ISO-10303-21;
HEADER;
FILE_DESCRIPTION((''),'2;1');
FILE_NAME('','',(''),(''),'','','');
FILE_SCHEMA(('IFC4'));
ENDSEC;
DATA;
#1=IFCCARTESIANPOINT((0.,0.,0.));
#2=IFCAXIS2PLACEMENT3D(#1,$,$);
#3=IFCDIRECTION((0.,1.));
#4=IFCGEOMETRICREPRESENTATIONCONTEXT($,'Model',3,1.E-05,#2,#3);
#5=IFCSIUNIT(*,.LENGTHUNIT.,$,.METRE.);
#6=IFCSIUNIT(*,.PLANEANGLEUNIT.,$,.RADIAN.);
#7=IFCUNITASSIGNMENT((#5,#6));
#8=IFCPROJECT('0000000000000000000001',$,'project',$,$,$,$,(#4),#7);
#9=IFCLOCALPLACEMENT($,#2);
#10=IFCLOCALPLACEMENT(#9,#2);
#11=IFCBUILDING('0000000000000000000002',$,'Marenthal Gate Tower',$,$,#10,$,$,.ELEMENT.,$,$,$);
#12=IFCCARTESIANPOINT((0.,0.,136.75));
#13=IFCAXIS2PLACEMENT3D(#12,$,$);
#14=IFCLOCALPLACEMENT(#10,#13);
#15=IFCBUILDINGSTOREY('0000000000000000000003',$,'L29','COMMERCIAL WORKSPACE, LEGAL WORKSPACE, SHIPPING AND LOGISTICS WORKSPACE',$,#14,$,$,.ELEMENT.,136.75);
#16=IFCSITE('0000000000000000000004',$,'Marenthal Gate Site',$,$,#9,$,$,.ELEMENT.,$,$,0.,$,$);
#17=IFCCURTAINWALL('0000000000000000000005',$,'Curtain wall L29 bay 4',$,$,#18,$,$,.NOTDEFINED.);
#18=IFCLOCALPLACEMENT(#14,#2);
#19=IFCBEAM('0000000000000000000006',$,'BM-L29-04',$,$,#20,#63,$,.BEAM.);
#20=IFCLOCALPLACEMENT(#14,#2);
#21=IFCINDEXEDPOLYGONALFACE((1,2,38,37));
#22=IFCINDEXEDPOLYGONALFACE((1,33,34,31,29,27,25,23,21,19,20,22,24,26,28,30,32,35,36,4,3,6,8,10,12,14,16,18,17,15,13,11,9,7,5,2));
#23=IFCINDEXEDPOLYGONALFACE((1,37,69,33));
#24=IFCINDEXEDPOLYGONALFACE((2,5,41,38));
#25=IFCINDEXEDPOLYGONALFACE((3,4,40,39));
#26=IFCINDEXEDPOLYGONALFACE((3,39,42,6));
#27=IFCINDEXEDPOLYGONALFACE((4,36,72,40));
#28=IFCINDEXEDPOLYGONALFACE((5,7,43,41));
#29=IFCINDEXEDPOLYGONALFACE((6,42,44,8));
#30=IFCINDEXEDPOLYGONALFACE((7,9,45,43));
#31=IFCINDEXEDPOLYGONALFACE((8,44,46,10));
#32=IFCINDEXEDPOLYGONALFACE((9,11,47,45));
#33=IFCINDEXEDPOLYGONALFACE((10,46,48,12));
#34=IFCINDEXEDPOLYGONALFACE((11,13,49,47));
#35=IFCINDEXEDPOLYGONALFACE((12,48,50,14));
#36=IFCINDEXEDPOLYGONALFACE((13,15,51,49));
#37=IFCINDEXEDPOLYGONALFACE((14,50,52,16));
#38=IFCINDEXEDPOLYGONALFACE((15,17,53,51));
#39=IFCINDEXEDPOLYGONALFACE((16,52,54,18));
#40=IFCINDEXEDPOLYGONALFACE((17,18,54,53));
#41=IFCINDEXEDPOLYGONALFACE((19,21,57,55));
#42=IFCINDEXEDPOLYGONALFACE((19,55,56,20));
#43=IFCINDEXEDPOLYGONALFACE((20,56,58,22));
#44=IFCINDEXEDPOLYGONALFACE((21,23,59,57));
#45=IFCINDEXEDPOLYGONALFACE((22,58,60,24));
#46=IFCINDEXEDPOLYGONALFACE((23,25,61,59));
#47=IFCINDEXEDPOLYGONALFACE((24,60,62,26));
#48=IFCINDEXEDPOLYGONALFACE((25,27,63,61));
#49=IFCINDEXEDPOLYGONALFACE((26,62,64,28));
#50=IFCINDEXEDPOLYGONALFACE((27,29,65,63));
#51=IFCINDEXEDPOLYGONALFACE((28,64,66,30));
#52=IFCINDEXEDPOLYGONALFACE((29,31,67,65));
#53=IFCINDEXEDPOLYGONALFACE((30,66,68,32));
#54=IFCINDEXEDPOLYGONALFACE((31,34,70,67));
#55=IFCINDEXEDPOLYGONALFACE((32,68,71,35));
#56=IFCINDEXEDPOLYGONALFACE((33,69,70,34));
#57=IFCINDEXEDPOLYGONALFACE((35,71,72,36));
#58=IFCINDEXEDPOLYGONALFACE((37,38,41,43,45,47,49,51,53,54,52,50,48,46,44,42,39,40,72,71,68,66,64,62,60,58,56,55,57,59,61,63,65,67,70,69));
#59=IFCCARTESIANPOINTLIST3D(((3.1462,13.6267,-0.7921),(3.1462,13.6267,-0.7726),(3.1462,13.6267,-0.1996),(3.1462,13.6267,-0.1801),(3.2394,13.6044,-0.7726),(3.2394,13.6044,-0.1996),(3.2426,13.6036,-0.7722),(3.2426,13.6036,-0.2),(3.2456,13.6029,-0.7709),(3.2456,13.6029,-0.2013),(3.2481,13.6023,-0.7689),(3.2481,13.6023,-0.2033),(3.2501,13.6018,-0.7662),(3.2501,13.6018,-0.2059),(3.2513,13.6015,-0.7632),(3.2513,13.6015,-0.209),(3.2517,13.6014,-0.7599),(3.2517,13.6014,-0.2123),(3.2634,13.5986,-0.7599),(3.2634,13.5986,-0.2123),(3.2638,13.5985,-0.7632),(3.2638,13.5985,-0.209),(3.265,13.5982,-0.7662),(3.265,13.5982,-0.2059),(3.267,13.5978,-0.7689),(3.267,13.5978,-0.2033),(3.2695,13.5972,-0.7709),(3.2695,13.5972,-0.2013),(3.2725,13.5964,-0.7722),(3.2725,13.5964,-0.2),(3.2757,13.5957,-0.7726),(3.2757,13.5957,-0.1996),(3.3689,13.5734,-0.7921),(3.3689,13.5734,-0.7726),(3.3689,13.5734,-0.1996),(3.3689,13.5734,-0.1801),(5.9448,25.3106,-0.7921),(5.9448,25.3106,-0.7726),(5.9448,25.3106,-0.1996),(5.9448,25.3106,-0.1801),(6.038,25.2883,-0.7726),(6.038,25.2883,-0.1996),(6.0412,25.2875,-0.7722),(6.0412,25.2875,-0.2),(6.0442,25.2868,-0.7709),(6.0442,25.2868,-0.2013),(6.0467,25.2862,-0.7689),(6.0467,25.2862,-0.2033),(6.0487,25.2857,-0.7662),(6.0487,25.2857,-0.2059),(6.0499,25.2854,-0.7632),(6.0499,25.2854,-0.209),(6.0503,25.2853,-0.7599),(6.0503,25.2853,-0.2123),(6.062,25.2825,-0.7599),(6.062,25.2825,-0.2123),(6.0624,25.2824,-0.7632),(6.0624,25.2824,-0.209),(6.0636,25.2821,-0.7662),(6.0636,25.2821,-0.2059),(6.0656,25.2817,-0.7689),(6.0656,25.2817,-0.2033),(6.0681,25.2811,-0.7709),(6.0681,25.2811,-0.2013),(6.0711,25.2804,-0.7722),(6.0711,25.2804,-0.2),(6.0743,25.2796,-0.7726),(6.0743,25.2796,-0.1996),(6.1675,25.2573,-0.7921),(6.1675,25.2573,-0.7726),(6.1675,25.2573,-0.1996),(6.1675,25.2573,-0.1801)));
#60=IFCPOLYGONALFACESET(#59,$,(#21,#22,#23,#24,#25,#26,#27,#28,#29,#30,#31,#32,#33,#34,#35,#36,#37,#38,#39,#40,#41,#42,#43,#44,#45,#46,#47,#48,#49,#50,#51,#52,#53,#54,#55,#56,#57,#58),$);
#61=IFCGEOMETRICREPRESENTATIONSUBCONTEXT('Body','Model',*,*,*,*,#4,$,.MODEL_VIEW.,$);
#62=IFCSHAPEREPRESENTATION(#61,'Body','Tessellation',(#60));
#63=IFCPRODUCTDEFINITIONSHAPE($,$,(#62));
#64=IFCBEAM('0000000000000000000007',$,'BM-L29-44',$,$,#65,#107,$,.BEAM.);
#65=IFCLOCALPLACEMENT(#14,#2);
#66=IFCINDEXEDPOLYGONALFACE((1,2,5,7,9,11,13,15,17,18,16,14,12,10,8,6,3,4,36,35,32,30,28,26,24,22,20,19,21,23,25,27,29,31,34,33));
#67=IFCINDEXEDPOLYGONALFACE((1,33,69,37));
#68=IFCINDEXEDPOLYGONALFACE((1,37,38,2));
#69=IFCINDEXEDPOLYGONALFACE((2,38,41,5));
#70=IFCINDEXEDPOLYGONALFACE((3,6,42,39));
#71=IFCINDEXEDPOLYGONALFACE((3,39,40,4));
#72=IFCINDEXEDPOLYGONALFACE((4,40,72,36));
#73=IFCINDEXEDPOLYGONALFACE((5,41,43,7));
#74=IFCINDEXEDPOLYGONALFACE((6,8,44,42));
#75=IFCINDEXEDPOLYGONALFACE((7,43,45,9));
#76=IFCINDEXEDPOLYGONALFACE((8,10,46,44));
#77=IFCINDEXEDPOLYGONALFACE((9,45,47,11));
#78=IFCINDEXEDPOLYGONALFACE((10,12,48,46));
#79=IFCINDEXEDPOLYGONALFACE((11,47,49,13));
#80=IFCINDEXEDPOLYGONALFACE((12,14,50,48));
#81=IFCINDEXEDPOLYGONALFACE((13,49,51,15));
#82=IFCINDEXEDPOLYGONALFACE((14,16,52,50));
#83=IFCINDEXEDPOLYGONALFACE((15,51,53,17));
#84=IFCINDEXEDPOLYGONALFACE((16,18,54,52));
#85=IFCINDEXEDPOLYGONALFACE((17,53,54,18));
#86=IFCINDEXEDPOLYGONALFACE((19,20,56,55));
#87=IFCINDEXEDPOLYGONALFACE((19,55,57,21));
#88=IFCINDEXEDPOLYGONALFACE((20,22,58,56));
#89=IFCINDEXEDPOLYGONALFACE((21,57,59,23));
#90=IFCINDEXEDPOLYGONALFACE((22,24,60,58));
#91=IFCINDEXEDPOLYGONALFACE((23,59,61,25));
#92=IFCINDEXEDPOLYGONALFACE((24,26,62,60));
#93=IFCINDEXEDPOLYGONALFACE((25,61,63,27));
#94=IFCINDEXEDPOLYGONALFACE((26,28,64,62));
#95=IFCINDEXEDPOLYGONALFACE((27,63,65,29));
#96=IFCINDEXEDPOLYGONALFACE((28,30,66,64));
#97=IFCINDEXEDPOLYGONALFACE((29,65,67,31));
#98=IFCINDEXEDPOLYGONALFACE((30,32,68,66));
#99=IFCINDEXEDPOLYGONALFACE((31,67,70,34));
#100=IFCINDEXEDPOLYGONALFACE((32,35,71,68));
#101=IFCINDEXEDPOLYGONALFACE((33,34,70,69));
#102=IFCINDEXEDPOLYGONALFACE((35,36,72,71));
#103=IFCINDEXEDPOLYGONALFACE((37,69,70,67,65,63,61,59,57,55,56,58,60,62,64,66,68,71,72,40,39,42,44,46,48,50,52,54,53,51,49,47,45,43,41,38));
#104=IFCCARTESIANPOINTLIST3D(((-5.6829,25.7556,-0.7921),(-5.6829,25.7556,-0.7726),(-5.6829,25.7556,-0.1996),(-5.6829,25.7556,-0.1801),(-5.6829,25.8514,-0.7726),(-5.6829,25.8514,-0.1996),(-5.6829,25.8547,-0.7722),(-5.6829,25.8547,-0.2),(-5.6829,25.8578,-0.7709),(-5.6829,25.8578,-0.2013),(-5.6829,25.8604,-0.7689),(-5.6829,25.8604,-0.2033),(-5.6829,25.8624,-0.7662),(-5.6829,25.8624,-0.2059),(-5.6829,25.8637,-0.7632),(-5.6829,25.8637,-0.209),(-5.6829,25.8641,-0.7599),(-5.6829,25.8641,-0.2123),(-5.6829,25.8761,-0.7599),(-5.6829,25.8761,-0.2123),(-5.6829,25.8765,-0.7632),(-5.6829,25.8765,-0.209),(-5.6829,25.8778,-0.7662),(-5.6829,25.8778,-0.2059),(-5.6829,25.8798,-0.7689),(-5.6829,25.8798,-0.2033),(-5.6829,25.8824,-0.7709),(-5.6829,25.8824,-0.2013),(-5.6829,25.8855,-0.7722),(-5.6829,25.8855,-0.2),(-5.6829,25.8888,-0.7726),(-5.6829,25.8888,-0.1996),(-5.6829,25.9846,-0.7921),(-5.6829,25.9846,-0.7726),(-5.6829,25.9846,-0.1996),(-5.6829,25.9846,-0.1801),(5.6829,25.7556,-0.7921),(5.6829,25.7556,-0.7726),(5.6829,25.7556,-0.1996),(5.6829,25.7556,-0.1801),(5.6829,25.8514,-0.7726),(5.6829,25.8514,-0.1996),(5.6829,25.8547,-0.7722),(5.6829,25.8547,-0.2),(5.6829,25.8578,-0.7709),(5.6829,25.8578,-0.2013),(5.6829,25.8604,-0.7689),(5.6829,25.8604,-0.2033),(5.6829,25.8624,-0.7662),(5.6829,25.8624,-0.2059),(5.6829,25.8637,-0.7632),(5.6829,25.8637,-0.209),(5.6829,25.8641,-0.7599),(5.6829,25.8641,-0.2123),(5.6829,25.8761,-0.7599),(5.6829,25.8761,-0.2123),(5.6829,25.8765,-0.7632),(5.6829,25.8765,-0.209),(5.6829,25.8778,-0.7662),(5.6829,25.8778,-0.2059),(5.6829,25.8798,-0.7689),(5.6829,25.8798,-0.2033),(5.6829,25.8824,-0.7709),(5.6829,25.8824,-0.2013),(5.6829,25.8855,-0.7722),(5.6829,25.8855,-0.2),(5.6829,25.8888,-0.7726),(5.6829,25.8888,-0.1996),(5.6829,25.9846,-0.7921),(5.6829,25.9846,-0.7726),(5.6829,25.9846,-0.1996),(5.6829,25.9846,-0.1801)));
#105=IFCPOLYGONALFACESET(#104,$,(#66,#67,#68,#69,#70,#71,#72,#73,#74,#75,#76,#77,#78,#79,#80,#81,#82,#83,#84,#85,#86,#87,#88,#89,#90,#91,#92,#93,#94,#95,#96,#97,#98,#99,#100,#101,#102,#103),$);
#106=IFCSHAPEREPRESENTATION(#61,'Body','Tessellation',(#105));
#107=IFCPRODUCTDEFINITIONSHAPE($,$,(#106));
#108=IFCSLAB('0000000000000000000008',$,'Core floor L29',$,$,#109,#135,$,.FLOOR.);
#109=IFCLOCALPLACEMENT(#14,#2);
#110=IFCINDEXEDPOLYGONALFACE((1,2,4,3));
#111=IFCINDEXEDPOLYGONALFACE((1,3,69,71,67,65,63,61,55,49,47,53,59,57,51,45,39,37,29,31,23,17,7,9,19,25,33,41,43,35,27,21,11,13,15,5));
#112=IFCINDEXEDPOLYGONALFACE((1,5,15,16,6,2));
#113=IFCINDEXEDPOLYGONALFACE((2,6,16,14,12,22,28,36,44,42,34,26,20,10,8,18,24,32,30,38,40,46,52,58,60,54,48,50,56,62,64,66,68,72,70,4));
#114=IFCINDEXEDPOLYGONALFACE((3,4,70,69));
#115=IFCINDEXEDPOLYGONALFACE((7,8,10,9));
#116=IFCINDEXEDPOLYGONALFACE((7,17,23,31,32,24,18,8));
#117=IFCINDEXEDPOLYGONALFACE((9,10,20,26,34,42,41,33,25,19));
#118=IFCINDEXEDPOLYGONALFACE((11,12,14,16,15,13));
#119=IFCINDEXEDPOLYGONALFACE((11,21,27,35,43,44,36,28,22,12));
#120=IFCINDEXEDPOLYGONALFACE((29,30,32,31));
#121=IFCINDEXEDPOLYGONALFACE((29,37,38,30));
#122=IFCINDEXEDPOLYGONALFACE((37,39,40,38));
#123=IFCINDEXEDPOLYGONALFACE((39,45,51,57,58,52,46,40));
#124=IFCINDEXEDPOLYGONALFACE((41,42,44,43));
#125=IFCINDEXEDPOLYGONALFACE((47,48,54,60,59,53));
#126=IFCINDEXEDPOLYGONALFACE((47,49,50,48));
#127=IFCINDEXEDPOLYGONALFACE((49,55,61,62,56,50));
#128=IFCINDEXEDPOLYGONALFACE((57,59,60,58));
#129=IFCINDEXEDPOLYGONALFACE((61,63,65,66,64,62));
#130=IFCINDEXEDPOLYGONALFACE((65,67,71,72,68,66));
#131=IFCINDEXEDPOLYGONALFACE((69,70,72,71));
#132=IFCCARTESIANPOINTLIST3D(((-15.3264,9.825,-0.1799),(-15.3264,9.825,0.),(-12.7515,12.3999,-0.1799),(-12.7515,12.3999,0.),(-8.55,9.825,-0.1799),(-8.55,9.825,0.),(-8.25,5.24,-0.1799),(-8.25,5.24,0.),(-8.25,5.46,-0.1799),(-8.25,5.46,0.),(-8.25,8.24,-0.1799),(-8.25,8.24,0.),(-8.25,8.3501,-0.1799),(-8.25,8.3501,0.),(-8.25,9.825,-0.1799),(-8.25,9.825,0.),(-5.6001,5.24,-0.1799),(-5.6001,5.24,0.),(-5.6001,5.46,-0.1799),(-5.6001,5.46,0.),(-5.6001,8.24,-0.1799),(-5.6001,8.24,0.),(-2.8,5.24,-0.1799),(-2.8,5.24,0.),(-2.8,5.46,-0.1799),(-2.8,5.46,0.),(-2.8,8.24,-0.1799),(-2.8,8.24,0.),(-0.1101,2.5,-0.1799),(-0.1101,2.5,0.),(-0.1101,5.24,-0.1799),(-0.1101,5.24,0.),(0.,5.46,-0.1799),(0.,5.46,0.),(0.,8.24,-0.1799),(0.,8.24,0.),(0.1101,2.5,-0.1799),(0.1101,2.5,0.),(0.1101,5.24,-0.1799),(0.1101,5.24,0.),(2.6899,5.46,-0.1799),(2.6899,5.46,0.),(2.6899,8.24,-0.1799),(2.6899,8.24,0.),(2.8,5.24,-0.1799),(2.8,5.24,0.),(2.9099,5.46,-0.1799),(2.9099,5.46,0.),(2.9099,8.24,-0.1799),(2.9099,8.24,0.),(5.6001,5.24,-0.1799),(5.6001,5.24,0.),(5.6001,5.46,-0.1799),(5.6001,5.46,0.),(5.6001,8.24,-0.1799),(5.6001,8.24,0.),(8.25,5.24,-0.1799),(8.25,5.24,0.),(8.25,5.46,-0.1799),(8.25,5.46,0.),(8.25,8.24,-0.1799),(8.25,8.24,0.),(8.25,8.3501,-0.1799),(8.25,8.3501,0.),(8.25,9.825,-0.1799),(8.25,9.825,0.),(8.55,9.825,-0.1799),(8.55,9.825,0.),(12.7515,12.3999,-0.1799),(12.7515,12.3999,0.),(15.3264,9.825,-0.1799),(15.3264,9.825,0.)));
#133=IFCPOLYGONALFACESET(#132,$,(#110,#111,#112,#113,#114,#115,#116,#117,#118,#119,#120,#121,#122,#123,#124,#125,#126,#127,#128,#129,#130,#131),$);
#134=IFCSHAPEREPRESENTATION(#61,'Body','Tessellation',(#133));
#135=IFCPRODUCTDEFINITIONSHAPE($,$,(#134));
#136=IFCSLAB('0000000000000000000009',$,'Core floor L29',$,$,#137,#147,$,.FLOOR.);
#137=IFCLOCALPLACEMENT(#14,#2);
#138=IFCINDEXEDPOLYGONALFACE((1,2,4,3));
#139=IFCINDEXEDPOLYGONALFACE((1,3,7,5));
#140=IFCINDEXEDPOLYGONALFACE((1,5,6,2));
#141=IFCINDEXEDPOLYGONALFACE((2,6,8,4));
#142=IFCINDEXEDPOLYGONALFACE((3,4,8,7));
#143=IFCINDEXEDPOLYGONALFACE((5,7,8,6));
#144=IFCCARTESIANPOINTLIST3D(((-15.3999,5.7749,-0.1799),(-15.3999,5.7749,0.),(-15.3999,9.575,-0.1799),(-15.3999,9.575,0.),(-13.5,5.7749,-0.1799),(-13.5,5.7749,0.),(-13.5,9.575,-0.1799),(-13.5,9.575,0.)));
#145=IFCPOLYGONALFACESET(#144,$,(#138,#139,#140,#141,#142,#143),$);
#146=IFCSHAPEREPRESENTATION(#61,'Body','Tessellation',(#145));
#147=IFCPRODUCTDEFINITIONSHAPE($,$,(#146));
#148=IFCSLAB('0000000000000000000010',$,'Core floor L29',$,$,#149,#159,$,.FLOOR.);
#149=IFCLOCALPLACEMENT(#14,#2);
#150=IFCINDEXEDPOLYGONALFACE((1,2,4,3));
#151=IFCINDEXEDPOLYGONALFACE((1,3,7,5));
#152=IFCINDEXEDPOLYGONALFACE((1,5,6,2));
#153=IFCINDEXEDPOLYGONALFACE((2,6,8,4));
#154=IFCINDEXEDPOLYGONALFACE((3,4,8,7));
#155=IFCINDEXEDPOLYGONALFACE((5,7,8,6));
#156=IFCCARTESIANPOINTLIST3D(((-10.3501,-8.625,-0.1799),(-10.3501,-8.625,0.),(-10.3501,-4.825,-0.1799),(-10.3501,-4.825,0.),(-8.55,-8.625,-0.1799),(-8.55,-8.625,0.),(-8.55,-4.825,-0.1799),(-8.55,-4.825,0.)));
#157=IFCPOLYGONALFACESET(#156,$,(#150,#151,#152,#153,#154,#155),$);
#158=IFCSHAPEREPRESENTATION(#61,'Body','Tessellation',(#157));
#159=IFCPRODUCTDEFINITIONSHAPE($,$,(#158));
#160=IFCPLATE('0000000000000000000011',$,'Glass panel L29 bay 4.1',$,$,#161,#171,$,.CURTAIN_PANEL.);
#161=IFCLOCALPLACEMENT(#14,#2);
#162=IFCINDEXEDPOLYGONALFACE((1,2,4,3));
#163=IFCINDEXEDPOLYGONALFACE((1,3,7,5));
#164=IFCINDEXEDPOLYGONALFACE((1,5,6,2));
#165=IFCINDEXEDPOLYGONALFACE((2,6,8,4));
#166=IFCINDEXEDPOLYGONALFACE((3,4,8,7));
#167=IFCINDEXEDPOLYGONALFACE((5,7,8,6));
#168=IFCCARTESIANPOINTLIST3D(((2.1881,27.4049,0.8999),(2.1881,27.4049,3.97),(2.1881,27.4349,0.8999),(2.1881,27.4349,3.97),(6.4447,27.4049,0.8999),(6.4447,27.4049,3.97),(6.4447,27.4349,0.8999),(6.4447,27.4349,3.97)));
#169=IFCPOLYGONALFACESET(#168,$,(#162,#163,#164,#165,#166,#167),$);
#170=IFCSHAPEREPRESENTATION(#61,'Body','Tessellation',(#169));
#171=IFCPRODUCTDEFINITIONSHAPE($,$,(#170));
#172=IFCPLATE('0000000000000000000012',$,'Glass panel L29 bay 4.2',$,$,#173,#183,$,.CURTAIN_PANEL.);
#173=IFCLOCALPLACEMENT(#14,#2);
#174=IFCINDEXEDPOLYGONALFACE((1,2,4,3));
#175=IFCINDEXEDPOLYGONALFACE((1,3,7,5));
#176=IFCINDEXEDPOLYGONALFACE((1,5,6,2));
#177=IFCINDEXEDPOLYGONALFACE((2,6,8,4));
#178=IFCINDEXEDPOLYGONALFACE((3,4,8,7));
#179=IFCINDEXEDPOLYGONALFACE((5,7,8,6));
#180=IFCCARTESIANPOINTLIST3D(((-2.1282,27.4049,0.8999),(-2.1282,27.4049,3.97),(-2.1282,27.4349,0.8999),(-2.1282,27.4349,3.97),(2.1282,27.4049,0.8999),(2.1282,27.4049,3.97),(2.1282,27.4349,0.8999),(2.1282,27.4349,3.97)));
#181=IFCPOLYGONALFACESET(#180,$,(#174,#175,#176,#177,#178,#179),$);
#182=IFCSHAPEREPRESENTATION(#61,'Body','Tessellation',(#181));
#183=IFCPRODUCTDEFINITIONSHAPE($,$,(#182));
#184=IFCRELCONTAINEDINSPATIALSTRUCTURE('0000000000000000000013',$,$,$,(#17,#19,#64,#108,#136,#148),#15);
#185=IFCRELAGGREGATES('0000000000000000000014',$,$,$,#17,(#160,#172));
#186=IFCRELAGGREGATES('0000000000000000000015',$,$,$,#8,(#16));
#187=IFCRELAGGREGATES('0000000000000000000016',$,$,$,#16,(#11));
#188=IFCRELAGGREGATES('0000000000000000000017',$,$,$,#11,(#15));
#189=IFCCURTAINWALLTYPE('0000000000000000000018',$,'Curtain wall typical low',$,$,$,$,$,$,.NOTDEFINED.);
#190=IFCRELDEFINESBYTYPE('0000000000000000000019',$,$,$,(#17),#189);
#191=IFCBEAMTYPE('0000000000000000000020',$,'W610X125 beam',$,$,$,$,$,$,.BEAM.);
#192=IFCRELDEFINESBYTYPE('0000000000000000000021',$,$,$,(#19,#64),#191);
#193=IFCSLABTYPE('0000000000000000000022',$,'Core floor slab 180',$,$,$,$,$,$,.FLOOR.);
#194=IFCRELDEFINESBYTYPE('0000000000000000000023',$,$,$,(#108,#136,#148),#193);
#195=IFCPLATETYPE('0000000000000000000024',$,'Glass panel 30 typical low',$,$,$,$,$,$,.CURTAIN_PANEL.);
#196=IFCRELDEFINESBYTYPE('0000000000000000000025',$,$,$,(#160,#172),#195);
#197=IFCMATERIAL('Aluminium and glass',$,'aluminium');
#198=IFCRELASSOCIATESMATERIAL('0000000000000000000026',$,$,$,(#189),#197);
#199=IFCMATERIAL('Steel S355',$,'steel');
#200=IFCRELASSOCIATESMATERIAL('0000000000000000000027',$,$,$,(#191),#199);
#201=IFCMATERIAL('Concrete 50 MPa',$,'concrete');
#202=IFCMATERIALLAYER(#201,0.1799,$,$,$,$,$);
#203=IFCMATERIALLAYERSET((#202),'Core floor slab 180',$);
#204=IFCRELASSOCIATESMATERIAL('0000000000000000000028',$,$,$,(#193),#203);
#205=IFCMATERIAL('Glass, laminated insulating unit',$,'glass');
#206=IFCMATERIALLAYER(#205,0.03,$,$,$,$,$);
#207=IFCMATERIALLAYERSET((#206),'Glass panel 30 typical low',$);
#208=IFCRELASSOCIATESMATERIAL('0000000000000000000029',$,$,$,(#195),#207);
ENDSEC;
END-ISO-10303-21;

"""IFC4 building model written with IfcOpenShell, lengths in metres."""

from ifc_helpers import new_model, si_unit, direction, frame, origin, origin_2d, place, context, subcontext, project, spatial, polyline, rectangle, i_section, outline, extrude, material, layer, layer_set, material_profile, profile_set, type_object, element, aggregate, save


model = new_model("IFC4")

# Units and contexts
model_context = context("Model", 3, precision=1e-05, world=origin(), true_north=direction((0.0, 1.0)))
body_context = subcontext(model_context, "Body", "Model", "MODEL_VIEW")
ifc_project = project(units=[si_unit("LENGTHUNIT", "METRE"), si_unit("PLANEANGLEUNIT", "RADIAN")], contexts=[model_context])

# Site, building, storey
site_placement = place(None, origin())
site = spatial("IfcSite", under=ifc_project, at=site_placement, Name="Marenthal Gate Site", CompositionType="ELEMENT", RefElevation=0.0)
building_placement = place(site_placement, origin())
building = spatial("IfcBuilding", under=site, at=building_placement, Name="Marenthal Gate Tower", CompositionType="ELEMENT")
storey_placement = place(building_placement, frame((0.0, 0.0, 136.75)))
storey = spatial("IfcBuildingStorey", under=building, at=storey_placement, Name="L29", Description="COMMERCIAL WORKSPACE, LEGAL WORKSPACE, SHIPPING AND LOGISTICS WORKSPACE", CompositionType="ELEMENT", Elevation=136.75)

# Curtain wall
ifc_material_1 = material(Name="Aluminium and glass", Category="aluminium")
curtain_wall_type = type_object("IfcCurtainWallType", Name="Curtain wall typical low", PredefinedType="NOTDEFINED", material=ifc_material_1)
curtain_wall_placement = place(storey_placement, origin())
curtain_wall = element("IfcCurtainWall", 1, at=curtain_wall_placement, inside=storey, type_object=curtain_wall_type, Name="Curtain wall L29 bay 4", PredefinedType="NOTDEFINED")

# Beams
ifc_material_2 = material(Name="Steel S355", Category="steel")
ifc_material_profile_1 = material_profile(ifc_material_2, i_section(OverallWidth=0.229, OverallDepth=0.6121, WebThickness=0.012, FlangeThickness=0.0195, FilletRadius=0.0127, at=origin_2d()), Name="W610X125")
ifc_profile_set_1 = profile_set([ifc_material_profile_1], Name="Steel S355")
beam_type_1 = type_object("IfcBeamType", Name="W610X125 beam", PredefinedType="BEAM", material=ifc_profile_set_1)
beam_1_placement = place(storey_placement, frame((6.0562, 25.2839, -0.4861), z_axis=(-0.232937, -0.972492, 0.0), x_axis=(0.972492, -0.232937, 0.0)))
element("IfcBeam", 2, at=beam_1_placement, inside=storey, type_object=beam_type_1, Name="BM-L29-04", PredefinedType="BEAM", context=body_context, shape_type="SweptSolid", body=[
    extrude(i_section(OverallWidth=0.229, OverallDepth=0.6121, WebThickness=0.012, FlangeThickness=0.0195, FilletRadius=0.0127, at=origin_2d()), origin(), (0.0, 0.0, 1.0), 12.0144),
])
beam_2_placement = place(storey_placement, frame((5.6829, 25.8701, -0.4861), z_axis=(-1.0, 0.0, 0.0), x_axis=(0.0, -1.0, 0.0)))
element("IfcBeam", 3, at=beam_2_placement, inside=storey, type_object=beam_type_1, Name="BM-L29-44", PredefinedType="BEAM", context=body_context, shape_type="SweptSolid", body=[
    extrude(i_section(OverallWidth=0.229, OverallDepth=0.6121, WebThickness=0.012, FlangeThickness=0.0195, FilletRadius=0.0127, at=origin_2d()), origin(), (0.0, 0.0, 1.0), 11.3657),
])

# Slabs
ifc_material_3 = material(Name="Concrete 50 MPa", Category="concrete")
ifc_layer_1 = layer(ifc_material_3, 0.1799)
ifc_layer_set_1 = layer_set([ifc_layer_1], Name="Core floor slab 180")
slab_type_1 = type_object("IfcSlabType", Name="Core floor slab 180", PredefinedType="FLOOR", material=ifc_layer_set_1)
slab_1_placement = place(storey_placement, frame((0.0, 0.0, -0.1799)))
element("IfcSlab", 4, at=slab_1_placement, inside=storey, type_object=slab_type_1, Name="Core floor L29", PredefinedType="FLOOR", context=body_context, shape_type="SweptSolid", body=[
    extrude(outline(polyline([(12.7515, 12.3999), (15.3264, 9.825), (8.55, 9.825), (8.25, 9.825), (8.25, 8.3501), (8.25, 8.24), (5.6001, 8.24), (2.9099, 8.24), (2.9099, 5.46), (5.6001, 5.46), (8.25, 5.46), (8.25, 5.24), (5.6001, 5.24), (2.8, 5.24), (0.1101, 5.24), (0.1101, 2.5), (-0.1101, 2.5), (-0.1101, 5.24), (-2.8, 5.24), (-5.6001, 5.24), (-8.25, 5.24), (-8.25, 5.46), (-5.6001, 5.46), (-2.8, 5.46), (0.0, 5.46), (2.6899, 5.46), (2.6899, 8.24), (0.0, 8.24), (-2.8, 8.24), (-5.6001, 8.24), (-8.25, 8.24), (-8.25, 8.3501), (-8.25, 9.825), (-8.55, 9.825), (-15.3264, 9.825), (-12.7515, 12.3999), (12.7515, 12.3999)])), origin(), (0.0, 0.0, 1.0), 0.1799),
])
slab_2_placement = place(storey_placement, frame((0.0, 0.0, -0.1799)))
element("IfcSlab", 5, at=slab_2_placement, inside=storey, type_object=slab_type_1, Name="Core floor L29", PredefinedType="FLOOR", context=body_context, shape_type="SweptSolid", body=[
    extrude(outline(polyline([(-15.3999, 9.575), (-13.5, 9.575), (-13.5, 5.7749), (-15.3999, 5.7749), (-15.3999, 9.575)])), origin(), (0.0, 0.0, 1.0), 0.1799),
])
slab_3_placement = place(storey_placement, frame((0.0, 0.0, -0.1799)))
element("IfcSlab", 6, at=slab_3_placement, inside=storey, type_object=slab_type_1, Name="Core floor L29", PredefinedType="FLOOR", context=body_context, shape_type="SweptSolid", body=[
    extrude(outline(polyline([(-8.55, -8.625), (-10.3501, -8.625), (-10.3501, -4.825), (-8.55, -4.825), (-8.55, -8.625)])), origin(), (0.0, 0.0, 1.0), 0.1799),
])

# Plates
ifc_material_4 = material(Name="Glass, laminated insulating unit", Category="glass")
ifc_layer_2 = layer(ifc_material_4, 0.03)
ifc_layer_set_2 = layer_set([ifc_layer_2], Name="Glass panel 30 typical low")
plate_type = type_object("IfcPlateType", Name="Glass panel 30 typical low", PredefinedType="CURTAIN_PANEL", material=ifc_layer_set_2)
plate_1_placement = place(storey_placement, frame((4.3164, 27.4199, 0.8999), z_axis=(0.0, 0.0, 1.0), x_axis=(-1.0, 0.0, 0.0)))
plate_1 = element("IfcPlate", 7, at=plate_1_placement, type_object=plate_type, Name="Glass panel L29 bay 4.1", PredefinedType="CURTAIN_PANEL", context=body_context, shape_type="SweptSolid", body=[
    extrude(rectangle(XDim=4.2566, YDim=0.03, at=origin_2d()), origin(), (0.0, 0.0, 1.0), 3.0701),
])
plate_2_placement = place(storey_placement, frame((0.0, 27.4199, 0.8999), z_axis=(0.0, 0.0, 1.0), x_axis=(-1.0, 0.0, 0.0)))
plate_2 = element("IfcPlate", 8, at=plate_2_placement, type_object=plate_type, Name="Glass panel L29 bay 4.2", PredefinedType="CURTAIN_PANEL", context=body_context, shape_type="SweptSolid", body=[
    extrude(rectangle(XDim=4.2563, YDim=0.03, at=origin_2d()), origin(), (0.0, 0.0, 1.0), 3.0701),
])
aggregate(curtain_wall, [plate_1, plate_2])

save(model, "model.ifc")
